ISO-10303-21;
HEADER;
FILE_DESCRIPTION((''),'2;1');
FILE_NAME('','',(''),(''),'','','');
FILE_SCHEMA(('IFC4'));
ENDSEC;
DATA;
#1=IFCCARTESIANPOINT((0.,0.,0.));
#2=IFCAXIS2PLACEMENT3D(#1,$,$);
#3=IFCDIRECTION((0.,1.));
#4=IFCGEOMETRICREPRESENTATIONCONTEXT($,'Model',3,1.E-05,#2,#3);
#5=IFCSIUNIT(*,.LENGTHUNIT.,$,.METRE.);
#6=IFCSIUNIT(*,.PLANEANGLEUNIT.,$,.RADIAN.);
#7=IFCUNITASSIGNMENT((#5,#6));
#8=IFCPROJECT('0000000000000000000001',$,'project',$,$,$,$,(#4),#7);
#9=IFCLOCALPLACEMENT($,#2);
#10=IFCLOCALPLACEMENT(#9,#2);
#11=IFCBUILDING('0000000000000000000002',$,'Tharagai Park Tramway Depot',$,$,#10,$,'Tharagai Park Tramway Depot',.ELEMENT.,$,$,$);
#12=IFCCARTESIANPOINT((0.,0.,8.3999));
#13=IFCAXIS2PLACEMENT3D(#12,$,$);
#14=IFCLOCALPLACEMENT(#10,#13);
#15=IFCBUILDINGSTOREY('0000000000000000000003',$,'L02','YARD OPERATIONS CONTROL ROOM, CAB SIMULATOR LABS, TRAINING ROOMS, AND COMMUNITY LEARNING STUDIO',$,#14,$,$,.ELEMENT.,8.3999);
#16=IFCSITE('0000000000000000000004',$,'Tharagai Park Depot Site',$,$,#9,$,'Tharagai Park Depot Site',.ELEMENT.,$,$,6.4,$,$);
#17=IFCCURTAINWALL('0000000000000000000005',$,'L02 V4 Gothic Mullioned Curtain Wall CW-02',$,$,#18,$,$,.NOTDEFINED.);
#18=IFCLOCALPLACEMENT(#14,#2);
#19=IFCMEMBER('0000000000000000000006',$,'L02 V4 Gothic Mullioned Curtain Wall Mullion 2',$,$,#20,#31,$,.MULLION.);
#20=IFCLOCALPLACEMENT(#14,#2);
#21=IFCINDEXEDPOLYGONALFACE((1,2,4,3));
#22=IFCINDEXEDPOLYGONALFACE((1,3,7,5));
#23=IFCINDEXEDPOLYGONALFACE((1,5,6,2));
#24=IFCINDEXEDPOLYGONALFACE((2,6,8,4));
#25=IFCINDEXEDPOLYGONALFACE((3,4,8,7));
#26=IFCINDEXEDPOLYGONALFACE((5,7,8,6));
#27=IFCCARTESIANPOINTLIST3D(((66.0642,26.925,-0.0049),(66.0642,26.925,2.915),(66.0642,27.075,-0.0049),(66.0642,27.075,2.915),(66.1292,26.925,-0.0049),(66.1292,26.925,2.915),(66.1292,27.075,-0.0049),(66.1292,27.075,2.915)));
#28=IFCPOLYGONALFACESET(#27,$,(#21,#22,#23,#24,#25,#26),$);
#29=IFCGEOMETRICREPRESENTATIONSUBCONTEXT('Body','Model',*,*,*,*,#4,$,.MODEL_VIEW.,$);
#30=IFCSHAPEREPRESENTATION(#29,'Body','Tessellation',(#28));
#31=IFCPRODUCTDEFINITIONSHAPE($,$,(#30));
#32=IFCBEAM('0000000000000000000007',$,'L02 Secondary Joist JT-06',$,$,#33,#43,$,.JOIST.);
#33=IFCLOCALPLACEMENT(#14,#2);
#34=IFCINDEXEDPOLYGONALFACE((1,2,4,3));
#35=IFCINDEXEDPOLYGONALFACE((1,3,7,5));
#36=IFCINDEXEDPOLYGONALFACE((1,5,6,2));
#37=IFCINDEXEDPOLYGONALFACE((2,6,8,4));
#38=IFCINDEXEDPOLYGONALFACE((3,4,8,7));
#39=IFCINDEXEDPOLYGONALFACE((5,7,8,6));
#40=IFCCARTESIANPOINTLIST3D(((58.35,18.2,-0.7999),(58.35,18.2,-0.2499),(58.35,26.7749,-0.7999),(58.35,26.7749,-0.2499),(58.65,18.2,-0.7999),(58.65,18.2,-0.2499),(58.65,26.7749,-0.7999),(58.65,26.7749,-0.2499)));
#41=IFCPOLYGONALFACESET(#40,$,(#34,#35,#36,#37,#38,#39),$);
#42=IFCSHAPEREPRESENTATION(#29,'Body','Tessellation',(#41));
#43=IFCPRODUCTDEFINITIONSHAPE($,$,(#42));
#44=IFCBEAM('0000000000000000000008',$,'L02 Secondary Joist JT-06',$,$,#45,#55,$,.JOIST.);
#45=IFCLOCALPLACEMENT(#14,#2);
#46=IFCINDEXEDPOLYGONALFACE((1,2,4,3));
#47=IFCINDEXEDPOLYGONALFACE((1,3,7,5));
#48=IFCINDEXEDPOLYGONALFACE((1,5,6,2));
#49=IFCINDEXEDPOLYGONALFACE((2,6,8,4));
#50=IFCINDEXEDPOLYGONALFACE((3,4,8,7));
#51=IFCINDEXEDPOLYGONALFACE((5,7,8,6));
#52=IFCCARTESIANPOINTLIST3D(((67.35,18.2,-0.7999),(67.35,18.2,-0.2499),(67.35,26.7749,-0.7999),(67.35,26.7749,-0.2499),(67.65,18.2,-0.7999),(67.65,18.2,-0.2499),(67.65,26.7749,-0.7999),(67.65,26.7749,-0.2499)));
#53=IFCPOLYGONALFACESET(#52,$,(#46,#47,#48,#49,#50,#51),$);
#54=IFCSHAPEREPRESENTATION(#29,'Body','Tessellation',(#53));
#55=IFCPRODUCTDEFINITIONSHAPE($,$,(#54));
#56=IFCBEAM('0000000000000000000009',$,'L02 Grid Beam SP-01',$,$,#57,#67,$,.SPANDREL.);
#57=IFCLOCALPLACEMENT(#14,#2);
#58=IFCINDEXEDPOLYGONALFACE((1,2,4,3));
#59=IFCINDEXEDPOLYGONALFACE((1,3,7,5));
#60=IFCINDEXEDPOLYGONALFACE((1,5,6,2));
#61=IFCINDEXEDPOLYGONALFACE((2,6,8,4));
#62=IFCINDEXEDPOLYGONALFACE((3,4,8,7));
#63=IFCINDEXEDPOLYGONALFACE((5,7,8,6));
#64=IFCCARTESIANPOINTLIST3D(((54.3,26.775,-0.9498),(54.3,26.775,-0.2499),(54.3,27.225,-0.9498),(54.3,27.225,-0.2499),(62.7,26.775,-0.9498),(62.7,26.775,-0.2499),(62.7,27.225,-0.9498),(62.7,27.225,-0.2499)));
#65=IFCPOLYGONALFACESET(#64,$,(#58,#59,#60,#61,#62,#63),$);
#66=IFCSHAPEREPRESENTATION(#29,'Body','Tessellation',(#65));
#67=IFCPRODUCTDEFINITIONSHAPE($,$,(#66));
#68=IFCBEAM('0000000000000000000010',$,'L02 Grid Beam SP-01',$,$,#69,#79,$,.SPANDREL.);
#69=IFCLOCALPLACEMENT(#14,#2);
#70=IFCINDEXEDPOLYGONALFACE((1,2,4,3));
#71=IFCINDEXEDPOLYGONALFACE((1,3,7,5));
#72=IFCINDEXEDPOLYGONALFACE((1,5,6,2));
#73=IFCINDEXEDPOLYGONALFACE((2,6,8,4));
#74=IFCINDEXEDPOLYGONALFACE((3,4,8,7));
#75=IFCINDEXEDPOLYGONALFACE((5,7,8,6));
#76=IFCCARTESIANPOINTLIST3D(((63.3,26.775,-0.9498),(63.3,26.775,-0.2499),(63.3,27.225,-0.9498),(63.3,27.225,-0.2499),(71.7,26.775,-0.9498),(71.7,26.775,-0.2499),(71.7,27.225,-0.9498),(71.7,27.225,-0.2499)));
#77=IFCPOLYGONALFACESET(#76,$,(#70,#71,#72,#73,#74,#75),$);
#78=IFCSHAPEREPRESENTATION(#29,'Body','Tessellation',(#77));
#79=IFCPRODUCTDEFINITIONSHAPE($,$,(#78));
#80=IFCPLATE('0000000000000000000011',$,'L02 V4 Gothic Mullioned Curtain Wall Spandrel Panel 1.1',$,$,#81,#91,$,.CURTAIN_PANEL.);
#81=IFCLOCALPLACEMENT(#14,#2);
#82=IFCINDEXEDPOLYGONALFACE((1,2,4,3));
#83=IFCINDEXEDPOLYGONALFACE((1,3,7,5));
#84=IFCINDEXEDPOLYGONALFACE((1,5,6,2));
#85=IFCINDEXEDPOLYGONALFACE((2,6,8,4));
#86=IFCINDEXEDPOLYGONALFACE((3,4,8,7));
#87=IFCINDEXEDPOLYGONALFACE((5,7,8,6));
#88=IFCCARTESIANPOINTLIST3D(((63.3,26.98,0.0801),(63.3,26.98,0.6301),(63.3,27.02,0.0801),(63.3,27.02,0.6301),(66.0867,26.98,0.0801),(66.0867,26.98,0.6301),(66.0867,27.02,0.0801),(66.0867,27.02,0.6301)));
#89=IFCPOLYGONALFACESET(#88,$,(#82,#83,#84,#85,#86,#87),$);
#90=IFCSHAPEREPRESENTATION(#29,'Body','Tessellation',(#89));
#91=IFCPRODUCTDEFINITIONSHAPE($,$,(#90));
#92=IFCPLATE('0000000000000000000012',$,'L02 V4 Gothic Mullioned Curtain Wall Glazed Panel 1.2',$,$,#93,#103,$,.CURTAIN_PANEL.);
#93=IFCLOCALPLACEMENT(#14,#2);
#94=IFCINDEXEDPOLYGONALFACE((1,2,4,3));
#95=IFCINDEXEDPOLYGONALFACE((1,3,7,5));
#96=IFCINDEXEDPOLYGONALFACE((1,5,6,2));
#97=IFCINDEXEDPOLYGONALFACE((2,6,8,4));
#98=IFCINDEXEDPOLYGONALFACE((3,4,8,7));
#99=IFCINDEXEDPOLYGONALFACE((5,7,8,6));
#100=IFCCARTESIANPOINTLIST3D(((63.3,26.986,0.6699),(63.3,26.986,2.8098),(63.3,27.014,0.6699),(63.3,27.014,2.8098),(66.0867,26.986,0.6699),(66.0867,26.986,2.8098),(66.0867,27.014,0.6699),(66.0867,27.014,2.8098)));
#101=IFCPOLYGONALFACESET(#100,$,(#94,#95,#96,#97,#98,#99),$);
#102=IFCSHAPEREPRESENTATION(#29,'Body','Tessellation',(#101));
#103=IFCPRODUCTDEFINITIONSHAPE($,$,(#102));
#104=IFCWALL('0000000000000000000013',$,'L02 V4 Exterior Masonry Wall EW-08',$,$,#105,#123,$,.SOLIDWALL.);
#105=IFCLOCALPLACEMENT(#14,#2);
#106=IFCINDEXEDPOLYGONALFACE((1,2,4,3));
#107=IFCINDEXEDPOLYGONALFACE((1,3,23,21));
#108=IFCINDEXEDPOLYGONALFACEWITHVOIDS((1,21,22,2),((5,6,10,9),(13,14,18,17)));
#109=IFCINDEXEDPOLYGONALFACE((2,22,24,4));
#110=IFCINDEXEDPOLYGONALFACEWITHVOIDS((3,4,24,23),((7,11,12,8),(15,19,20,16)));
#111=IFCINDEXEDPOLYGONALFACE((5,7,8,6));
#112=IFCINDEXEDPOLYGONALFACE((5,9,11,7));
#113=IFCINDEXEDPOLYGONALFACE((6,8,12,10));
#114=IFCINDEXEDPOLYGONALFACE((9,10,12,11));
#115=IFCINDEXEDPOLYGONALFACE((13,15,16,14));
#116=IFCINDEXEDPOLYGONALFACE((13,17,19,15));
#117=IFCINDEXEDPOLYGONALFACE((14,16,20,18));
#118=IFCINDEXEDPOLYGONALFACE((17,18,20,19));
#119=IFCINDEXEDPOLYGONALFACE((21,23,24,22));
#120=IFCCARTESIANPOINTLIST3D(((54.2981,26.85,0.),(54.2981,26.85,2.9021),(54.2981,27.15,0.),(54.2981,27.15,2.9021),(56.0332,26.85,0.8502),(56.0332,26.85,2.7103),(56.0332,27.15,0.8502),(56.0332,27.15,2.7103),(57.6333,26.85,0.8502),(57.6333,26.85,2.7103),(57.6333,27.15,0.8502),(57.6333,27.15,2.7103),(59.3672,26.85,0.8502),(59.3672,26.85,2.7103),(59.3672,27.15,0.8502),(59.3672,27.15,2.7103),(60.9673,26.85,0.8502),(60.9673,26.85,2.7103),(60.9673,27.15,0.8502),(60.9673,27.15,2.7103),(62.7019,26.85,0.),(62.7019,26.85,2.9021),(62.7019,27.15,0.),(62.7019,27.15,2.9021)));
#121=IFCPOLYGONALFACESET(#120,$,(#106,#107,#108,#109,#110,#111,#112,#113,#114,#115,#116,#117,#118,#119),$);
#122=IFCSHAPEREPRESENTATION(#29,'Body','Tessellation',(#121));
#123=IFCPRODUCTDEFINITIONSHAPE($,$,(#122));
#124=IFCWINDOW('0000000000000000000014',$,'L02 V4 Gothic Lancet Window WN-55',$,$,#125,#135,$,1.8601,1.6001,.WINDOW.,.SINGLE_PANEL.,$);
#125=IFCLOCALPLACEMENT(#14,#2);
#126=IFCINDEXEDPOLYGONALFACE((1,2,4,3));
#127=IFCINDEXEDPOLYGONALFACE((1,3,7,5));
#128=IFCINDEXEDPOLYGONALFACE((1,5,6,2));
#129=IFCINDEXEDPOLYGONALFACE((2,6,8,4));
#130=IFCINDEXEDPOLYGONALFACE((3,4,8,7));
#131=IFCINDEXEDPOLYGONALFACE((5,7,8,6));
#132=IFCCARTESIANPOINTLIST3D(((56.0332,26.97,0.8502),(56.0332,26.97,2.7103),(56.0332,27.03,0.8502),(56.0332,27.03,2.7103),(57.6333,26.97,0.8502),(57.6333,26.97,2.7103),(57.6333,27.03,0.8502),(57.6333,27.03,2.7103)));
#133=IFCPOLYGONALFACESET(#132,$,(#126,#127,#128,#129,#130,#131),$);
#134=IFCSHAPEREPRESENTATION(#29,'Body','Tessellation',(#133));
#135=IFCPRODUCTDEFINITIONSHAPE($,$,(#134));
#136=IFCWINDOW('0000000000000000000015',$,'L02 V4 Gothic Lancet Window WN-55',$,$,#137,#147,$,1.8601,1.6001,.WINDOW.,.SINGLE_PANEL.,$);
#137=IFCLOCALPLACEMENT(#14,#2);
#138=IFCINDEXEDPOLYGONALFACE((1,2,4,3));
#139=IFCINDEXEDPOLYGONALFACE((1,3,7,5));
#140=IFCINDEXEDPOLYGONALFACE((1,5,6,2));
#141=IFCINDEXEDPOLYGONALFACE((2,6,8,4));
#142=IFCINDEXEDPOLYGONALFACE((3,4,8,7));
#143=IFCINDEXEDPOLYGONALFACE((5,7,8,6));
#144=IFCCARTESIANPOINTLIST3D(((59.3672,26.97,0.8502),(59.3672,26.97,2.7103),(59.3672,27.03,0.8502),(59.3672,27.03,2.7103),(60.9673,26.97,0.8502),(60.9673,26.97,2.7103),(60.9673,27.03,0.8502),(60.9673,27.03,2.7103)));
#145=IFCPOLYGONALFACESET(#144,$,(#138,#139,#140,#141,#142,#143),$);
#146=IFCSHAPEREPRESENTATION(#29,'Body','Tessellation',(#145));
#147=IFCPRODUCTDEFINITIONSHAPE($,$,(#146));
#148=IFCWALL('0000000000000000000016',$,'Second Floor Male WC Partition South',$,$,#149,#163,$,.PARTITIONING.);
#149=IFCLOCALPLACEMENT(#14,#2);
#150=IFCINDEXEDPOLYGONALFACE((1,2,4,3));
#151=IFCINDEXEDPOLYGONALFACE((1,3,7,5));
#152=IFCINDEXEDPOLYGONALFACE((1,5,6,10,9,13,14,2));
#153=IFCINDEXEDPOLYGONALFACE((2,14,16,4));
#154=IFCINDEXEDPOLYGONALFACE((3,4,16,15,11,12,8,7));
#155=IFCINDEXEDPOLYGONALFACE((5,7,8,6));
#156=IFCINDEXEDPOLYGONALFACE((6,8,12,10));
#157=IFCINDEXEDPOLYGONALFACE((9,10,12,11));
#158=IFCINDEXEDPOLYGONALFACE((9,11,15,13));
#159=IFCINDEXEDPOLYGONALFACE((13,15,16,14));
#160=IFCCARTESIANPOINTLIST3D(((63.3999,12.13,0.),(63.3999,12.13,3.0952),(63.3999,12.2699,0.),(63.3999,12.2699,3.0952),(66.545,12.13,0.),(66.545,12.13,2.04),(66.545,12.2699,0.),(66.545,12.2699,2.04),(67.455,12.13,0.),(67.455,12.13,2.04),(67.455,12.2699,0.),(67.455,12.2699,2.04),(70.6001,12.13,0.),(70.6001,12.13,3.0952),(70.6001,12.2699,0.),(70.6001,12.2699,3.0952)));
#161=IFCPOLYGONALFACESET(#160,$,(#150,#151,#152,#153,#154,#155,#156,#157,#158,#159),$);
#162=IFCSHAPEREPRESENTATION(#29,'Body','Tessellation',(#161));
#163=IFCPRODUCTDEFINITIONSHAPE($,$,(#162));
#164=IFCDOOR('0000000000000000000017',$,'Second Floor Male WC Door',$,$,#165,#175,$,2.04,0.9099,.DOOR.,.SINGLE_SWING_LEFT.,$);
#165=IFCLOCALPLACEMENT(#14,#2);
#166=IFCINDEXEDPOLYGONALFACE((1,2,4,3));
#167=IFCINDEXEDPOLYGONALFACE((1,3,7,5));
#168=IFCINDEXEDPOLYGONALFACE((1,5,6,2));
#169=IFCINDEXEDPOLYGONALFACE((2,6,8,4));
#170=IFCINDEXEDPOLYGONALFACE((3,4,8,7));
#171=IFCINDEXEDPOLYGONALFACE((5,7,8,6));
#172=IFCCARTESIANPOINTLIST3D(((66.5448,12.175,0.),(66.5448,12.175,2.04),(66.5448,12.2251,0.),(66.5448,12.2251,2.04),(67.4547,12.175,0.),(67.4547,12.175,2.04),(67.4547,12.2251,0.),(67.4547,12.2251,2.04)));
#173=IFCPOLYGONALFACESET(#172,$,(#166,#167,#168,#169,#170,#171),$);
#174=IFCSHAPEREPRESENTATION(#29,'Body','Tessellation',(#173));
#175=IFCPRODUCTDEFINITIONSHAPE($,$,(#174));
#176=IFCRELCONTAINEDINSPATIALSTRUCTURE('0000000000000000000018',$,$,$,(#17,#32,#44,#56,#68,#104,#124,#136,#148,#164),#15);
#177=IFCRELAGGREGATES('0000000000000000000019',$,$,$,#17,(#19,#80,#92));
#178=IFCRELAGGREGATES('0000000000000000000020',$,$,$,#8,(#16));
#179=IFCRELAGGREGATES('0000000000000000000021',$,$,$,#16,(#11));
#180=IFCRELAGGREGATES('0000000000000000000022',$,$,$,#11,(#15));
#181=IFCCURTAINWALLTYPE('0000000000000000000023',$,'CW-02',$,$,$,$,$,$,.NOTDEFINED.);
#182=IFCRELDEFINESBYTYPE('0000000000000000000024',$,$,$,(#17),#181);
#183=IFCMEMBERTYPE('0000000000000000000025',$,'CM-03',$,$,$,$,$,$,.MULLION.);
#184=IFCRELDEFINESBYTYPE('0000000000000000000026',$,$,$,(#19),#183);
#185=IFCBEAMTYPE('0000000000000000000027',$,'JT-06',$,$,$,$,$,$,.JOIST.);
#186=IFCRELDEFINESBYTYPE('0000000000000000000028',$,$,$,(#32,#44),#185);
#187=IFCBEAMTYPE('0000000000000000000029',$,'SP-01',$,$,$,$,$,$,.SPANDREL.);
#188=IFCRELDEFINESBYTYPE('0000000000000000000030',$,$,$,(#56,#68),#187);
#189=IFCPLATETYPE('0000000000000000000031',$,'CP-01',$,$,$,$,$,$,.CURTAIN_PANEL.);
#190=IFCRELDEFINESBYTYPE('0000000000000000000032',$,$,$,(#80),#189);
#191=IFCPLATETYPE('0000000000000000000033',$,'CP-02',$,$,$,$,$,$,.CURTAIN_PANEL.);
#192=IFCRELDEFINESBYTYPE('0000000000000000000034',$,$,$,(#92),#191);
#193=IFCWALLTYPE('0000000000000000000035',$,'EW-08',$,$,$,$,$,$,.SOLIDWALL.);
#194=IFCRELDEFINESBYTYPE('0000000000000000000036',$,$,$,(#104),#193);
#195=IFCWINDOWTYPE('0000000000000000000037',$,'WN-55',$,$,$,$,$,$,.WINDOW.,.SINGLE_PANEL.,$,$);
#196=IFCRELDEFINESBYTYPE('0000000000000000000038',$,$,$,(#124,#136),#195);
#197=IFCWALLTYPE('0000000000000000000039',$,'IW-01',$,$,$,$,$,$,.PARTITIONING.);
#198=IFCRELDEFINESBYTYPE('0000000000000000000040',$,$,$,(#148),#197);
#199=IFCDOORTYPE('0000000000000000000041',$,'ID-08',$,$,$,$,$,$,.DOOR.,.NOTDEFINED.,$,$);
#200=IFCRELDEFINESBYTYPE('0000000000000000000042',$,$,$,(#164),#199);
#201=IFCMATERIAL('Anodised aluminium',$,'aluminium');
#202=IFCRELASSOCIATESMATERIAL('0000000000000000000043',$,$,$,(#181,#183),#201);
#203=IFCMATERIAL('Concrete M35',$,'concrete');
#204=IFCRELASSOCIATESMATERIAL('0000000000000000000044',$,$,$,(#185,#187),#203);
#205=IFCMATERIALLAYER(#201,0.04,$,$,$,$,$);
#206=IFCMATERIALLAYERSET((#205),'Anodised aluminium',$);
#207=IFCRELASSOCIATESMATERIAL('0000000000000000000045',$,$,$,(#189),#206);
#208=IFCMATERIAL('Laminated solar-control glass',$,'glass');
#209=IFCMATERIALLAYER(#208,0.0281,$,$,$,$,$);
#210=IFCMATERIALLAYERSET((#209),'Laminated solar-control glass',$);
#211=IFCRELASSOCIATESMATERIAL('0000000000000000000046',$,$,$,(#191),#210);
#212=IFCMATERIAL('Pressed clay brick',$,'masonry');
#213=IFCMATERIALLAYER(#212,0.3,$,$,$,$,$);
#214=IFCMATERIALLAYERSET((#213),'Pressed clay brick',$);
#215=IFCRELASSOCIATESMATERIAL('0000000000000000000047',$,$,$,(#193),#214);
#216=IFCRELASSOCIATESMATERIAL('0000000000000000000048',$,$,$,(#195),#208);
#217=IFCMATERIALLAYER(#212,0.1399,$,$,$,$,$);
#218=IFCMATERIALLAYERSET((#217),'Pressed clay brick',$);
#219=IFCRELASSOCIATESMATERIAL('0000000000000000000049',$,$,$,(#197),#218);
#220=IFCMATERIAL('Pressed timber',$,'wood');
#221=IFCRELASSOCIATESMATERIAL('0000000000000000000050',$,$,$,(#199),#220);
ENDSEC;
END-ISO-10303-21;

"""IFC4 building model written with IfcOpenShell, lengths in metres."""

from ifc_helpers import new_model, si_unit, direction, frame, frame_2d, origin, origin_2d, place, context, subcontext, project, spatial, rectangle, extrude, material, layer, layer_set, material_profile, profile_set, type_object, element, fill, aggregate, save


model = new_model("IFC4")

# Units and contexts
model_context = context("Model", 3, precision=1e-05, world=origin(), true_north=direction((0.0, 1.0)))
body_context = subcontext(model_context, "Body", "Model", "MODEL_VIEW")
ifc_project = project(units=[si_unit("LENGTHUNIT", "METRE"), si_unit("PLANEANGLEUNIT", "RADIAN")], contexts=[model_context])

# Site, building, storey
site_placement = place(None, origin())
site = spatial("IfcSite", under=ifc_project, at=site_placement, Name="Tharagai Park Depot Site", LongName="Tharagai Park Depot Site", CompositionType="ELEMENT", RefElevation=6.4)
building_placement = place(site_placement, origin())
building = spatial("IfcBuilding", under=site, at=building_placement, Name="Tharagai Park Tramway Depot", LongName="Tharagai Park Tramway Depot", CompositionType="ELEMENT")
storey_placement = place(building_placement, frame((0.0, 0.0, 8.3999)))
storey = spatial("IfcBuildingStorey", under=building, at=storey_placement, Name="L02", Description="YARD OPERATIONS CONTROL ROOM, CAB SIMULATOR LABS, TRAINING ROOMS, AND COMMUNITY LEARNING STUDIO", CompositionType="ELEMENT", Elevation=8.3999)

# Shared definitions
ifc_material_1 = material(Name="Concrete M35", Category="concrete")

# Curtain wall, member
ifc_material_2 = material(Name="Anodised aluminium", Category="aluminium")
curtain_wall_type = type_object("IfcCurtainWallType", Name="CW-02", PredefinedType="NOTDEFINED", material=ifc_material_2)
curtain_wall_placement = place(storey_placement, origin())
curtain_wall = element("IfcCurtainWall", 1, at=curtain_wall_placement, inside=storey, type_object=curtain_wall_type, Name="L02 V4 Gothic Mullioned Curtain Wall CW-02", PredefinedType="NOTDEFINED")
ifc_material_profile_1 = material_profile(ifc_material_2, rectangle(XDim=0.0649, YDim=0.1499, at=origin_2d()), Name="ALU 65x150")
ifc_profile_set_1 = profile_set([ifc_material_profile_1], Name="Anodised aluminium")
member_type_1 = type_object("IfcMemberType", Name="CM-03", PredefinedType="MULLION", material=ifc_profile_set_1)
member_1_placement = place(storey_placement, frame((66.0967, 27.0, -0.0049), z_axis=(0.0, 0.0, 1.0), x_axis=(1.0, 0.0, 0.0)))
member_1 = element("IfcMember", 2, at=member_1_placement, type_object=member_type_1, Name="L02 V4 Gothic Mullioned Curtain Wall Mullion 2", PredefinedType="MULLION", context=body_context, shape_type="SweptSolid", body=[
    extrude(rectangle(XDim=0.0649, YDim=0.1499, at=origin_2d()), origin(), (0.0, 0.0, 1.0), 2.9199),
])

# Beams
ifc_material_profile_2 = material_profile(ifc_material_1, rectangle(XDim=0.3, YDim=0.55, at=origin_2d()), Name="RC 300x550")
ifc_profile_set_2 = profile_set([ifc_material_profile_2], Name="Concrete M35")
beam_type_1 = type_object("IfcBeamType", Name="JT-06", PredefinedType="JOIST", material=ifc_profile_set_2)
for number, where, z_axis, x_axis, name in (
    (3, (58.5, 18.2, -0.5249), (0.0, 1.0, 0.0), (-1.0, 0.0, 0.0), "L02 Secondary Joist JT-06"),
    (4, (67.5, 18.2, -0.5249), (0.0, 1.0, 0.0), (-1.0, 0.0, 0.0), "L02 Secondary Joist JT-06"),
):
    element("IfcBeam", number, at=place(storey_placement, frame(where, z_axis=z_axis, x_axis=x_axis)), inside=storey, type_object=beam_type_1, Name=name, PredefinedType="JOIST", context=body_context, shape_type="SweptSolid", body=[
        extrude(rectangle(XDim=0.3, YDim=0.55, at=origin_2d()), origin(), (0.0, 0.0, 1.0), 8.575),
    ])
ifc_material_profile_3 = material_profile(ifc_material_1, rectangle(XDim=0.45, YDim=0.7, at=origin_2d()), Name="RC 450x700")
ifc_profile_set_3 = profile_set([ifc_material_profile_3], Name="Concrete M35")
beam_type_2 = type_object("IfcBeamType", Name="SP-01", PredefinedType="SPANDREL", material=ifc_profile_set_3)
for number, where, z_axis, x_axis, name in (
    (5, (54.3, 27.0, -0.5999), (1.0, 0.0, 0.0), (0.0, 1.0, 0.0), "L02 Grid Beam SP-01"),
    (6, (63.3, 27.0, -0.5999), (1.0, 0.0, 0.0), (0.0, 1.0, 0.0), "L02 Grid Beam SP-01"),
):
    element("IfcBeam", number, at=place(storey_placement, frame(where, z_axis=z_axis, x_axis=x_axis)), inside=storey, type_object=beam_type_2, Name=name, PredefinedType="SPANDREL", context=body_context, shape_type="SweptSolid", body=[
        extrude(rectangle(XDim=0.45, YDim=0.7, at=origin_2d()), origin(), (0.0, 0.0, 1.0), 8.3999),
    ])

# Plates
ifc_layer_1 = layer(ifc_material_2, 0.04)
ifc_layer_set_1 = layer_set([ifc_layer_1], Name="Anodised aluminium")
plate_type_1 = type_object("IfcPlateType", Name="CP-01", PredefinedType="CURTAIN_PANEL", material=ifc_layer_set_1)
plate_1_placement = place(storey_placement, frame((64.6934, 27.0, 0.0801), z_axis=(0.0, 0.0, 1.0), x_axis=(1.0, 0.0, 0.0)))
plate_1 = element("IfcPlate", 7, at=plate_1_placement, type_object=plate_type_1, Name="L02 V4 Gothic Mullioned Curtain Wall Spandrel Panel 1.1", PredefinedType="CURTAIN_PANEL", context=body_context, shape_type="SweptSolid", body=[
    extrude(rectangle(XDim=2.7866, YDim=0.04, at=origin_2d()), origin(), (0.0, 0.0, 1.0), 0.55),
])
ifc_material_3 = material(Name="Laminated solar-control glass", Category="glass")
ifc_layer_2 = layer(ifc_material_3, 0.0281)
ifc_layer_set_2 = layer_set([ifc_layer_2], Name="Laminated solar-control glass")
plate_type_2 = type_object("IfcPlateType", Name="CP-02", PredefinedType="CURTAIN_PANEL", material=ifc_layer_set_2)
plate_2_placement = place(storey_placement, frame((64.6934, 27.0, 0.6699), z_axis=(0.0, 0.0, 1.0), x_axis=(1.0, 0.0, 0.0)))
plate_2 = element("IfcPlate", 8, at=plate_2_placement, type_object=plate_type_2, Name="L02 V4 Gothic Mullioned Curtain Wall Glazed Panel 1.2", PredefinedType="CURTAIN_PANEL", context=body_context, shape_type="SweptSolid", body=[
    extrude(rectangle(XDim=2.7866, YDim=0.0281, at=origin_2d()), origin(), (0.0, 0.0, 1.0), 2.1399),
])
aggregate(curtain_wall, [member_1, plate_1, plate_2])

# Wall, openings, windows
ifc_material_4 = material(Name="Pressed clay brick", Category="masonry")
ifc_layer_3 = layer(ifc_material_4, 0.3)
ifc_layer_set_3 = layer_set([ifc_layer_3], Name="Pressed clay brick")
wall_type_1 = type_object("IfcWallType", Name="EW-08", PredefinedType="SOLIDWALL", material=ifc_layer_set_3)
wall_1_placement = place(storey_placement, frame((54.2981, 27.0, 0.0), z_axis=(0.0, 0.0, 1.0), x_axis=(1.0, 0.0, 0.0)))
wall_1 = element("IfcWall", 9, at=wall_1_placement, inside=storey, type_object=wall_type_1, Name="L02 V4 Exterior Masonry Wall EW-08", PredefinedType="SOLIDWALL", context=body_context, shape_type="SweptSolid", body=[
    extrude(rectangle(XDim=8.4038, YDim=0.3, at=frame_2d((4.2019, 0.0))), origin(), (0.0, 0.0, 1.0), 2.9021),
])
opening_1_placement = place(wall_1_placement, frame((1.7351, 0.0, 0.8501)))
opening_1 = element("IfcOpeningElement", 10, at=opening_1_placement, cuts=wall_1, PredefinedType="OPENING", context=body_context, shape_type="SweptSolid", body=[
    extrude(rectangle(XDim=1.6001, YDim=1.8601, at=frame_2d((0.8, 0.9302))), frame((0.0, 0.1599, 0.0), z_axis=(0.0, -1.0, 0.0), x_axis=(1.0, 0.0, 0.0)), (0.0, 0.0, 1.0), 0.3201),
])
opening_2_placement = place(wall_1_placement, frame((5.0691, 0.0, 0.8501)))
opening_2 = element("IfcOpeningElement", 11, at=opening_2_placement, cuts=wall_1, PredefinedType="OPENING", context=body_context, shape_type="SweptSolid", body=[
    extrude(rectangle(XDim=1.6001, YDim=1.8601, at=frame_2d((0.8, 0.9302))), frame((0.0, 0.1599, 0.0), z_axis=(0.0, -1.0, 0.0), x_axis=(1.0, 0.0, 0.0)), (0.0, 0.0, 1.0), 0.3201),
])
window_type = type_object("IfcWindowType", Name="WN-55", PartitioningType="SINGLE_PANEL", PredefinedType="WINDOW", material=ifc_material_3)
window_1_placement = place(opening_1_placement, origin())
window_1 = element("IfcWindow", 12, at=window_1_placement, inside=storey, type_object=window_type, Name="L02 V4 Gothic Lancet Window WN-55", OverallHeight=1.8601, OverallWidth=1.6001, PartitioningType="SINGLE_PANEL", PredefinedType="WINDOW", context=body_context, shape_type="SweptSolid", body=[
    extrude(rectangle(XDim=1.6001, YDim=1.8601, at=frame_2d((0.8, 0.9302))), frame((0.0, 0.03, 0.0), z_axis=(0.0, -1.0, 0.0), x_axis=(1.0, 0.0, 0.0)), (0.0, 0.0, 1.0), 0.0601),
])
fill(opening_1, window_1)
window_2_placement = place(opening_2_placement, origin())
window_2 = element("IfcWindow", 13, at=window_2_placement, inside=storey, type_object=window_type, Name="L02 V4 Gothic Lancet Window WN-55", OverallHeight=1.8601, OverallWidth=1.6001, PartitioningType="SINGLE_PANEL", PredefinedType="WINDOW", context=body_context, shape_type="SweptSolid", body=[
    extrude(rectangle(XDim=1.6001, YDim=1.8601, at=frame_2d((0.8, 0.9302))), frame((0.0, 0.03, 0.0), z_axis=(0.0, -1.0, 0.0), x_axis=(1.0, 0.0, 0.0)), (0.0, 0.0, 1.0), 0.0601),
])
fill(opening_2, window_2)

# Wall, opening, door
ifc_layer_4 = layer(ifc_material_4, 0.1399)
ifc_layer_set_4 = layer_set([ifc_layer_4], Name="Pressed clay brick")
wall_type_2 = type_object("IfcWallType", Name="IW-01", PredefinedType="PARTITIONING", material=ifc_layer_set_4)
wall_2_placement = place(storey_placement, frame((63.3999, 12.2, 0.0), z_axis=(0.0, 0.0, 1.0), x_axis=(1.0, 0.0, 0.0)))
wall_2 = element("IfcWall", 14, at=wall_2_placement, inside=storey, type_object=wall_type_2, Name="Second Floor Male WC Partition South", PredefinedType="PARTITIONING", context=body_context, shape_type="SweptSolid", body=[
    extrude(rectangle(XDim=7.2002, YDim=0.1399, at=frame_2d((3.6001, 0.0))), origin(), (0.0, 0.0, 1.0), 3.0952),
])
opening_3_placement = place(wall_2_placement, frame((3.145, 0.0, 0.0)))
opening_3 = element("IfcOpeningElement", 15, at=opening_3_placement, cuts=wall_2, PredefinedType="OPENING", context=body_context, shape_type="SweptSolid", body=[
    extrude(rectangle(XDim=0.9099, YDim=2.04, at=frame_2d((0.4551, 1.02))), frame((0.0, 0.0798, 0.0), z_axis=(0.0, -1.0, 0.0), x_axis=(1.0, 0.0, 0.0)), (0.0, 0.0, 1.0), 0.1599),
])
ifc_material_5 = material(Name="Pressed timber", Category="wood")
door_type = type_object("IfcDoorType", Name="ID-08", OperationType="NOTDEFINED", PredefinedType="DOOR", material=ifc_material_5)
door_placement = place(opening_3_placement, frame((0.9099, 0.0, 0.0), z_axis=(0.0, 0.0, 1.0), x_axis=(-1.0, 0.0, 0.0)))
door = element("IfcDoor", 16, at=door_placement, inside=storey, type_object=door_type, Name="Second Floor Male WC Door", OperationType="SINGLE_SWING_LEFT", OverallHeight=2.04, OverallWidth=0.9099, PredefinedType="DOOR", context=body_context, shape_type="SweptSolid", body=[
    extrude(rectangle(XDim=0.9099, YDim=2.04, at=frame_2d((0.4551, 1.02))), frame((0.0, 0.0249, 0.0), z_axis=(0.0, -1.0, 0.0), x_axis=(1.0, 0.0, 0.0)), (0.0, 0.0, 1.0), 0.05),
])
fill(opening_3, door)

save(model, "model.ifc")
